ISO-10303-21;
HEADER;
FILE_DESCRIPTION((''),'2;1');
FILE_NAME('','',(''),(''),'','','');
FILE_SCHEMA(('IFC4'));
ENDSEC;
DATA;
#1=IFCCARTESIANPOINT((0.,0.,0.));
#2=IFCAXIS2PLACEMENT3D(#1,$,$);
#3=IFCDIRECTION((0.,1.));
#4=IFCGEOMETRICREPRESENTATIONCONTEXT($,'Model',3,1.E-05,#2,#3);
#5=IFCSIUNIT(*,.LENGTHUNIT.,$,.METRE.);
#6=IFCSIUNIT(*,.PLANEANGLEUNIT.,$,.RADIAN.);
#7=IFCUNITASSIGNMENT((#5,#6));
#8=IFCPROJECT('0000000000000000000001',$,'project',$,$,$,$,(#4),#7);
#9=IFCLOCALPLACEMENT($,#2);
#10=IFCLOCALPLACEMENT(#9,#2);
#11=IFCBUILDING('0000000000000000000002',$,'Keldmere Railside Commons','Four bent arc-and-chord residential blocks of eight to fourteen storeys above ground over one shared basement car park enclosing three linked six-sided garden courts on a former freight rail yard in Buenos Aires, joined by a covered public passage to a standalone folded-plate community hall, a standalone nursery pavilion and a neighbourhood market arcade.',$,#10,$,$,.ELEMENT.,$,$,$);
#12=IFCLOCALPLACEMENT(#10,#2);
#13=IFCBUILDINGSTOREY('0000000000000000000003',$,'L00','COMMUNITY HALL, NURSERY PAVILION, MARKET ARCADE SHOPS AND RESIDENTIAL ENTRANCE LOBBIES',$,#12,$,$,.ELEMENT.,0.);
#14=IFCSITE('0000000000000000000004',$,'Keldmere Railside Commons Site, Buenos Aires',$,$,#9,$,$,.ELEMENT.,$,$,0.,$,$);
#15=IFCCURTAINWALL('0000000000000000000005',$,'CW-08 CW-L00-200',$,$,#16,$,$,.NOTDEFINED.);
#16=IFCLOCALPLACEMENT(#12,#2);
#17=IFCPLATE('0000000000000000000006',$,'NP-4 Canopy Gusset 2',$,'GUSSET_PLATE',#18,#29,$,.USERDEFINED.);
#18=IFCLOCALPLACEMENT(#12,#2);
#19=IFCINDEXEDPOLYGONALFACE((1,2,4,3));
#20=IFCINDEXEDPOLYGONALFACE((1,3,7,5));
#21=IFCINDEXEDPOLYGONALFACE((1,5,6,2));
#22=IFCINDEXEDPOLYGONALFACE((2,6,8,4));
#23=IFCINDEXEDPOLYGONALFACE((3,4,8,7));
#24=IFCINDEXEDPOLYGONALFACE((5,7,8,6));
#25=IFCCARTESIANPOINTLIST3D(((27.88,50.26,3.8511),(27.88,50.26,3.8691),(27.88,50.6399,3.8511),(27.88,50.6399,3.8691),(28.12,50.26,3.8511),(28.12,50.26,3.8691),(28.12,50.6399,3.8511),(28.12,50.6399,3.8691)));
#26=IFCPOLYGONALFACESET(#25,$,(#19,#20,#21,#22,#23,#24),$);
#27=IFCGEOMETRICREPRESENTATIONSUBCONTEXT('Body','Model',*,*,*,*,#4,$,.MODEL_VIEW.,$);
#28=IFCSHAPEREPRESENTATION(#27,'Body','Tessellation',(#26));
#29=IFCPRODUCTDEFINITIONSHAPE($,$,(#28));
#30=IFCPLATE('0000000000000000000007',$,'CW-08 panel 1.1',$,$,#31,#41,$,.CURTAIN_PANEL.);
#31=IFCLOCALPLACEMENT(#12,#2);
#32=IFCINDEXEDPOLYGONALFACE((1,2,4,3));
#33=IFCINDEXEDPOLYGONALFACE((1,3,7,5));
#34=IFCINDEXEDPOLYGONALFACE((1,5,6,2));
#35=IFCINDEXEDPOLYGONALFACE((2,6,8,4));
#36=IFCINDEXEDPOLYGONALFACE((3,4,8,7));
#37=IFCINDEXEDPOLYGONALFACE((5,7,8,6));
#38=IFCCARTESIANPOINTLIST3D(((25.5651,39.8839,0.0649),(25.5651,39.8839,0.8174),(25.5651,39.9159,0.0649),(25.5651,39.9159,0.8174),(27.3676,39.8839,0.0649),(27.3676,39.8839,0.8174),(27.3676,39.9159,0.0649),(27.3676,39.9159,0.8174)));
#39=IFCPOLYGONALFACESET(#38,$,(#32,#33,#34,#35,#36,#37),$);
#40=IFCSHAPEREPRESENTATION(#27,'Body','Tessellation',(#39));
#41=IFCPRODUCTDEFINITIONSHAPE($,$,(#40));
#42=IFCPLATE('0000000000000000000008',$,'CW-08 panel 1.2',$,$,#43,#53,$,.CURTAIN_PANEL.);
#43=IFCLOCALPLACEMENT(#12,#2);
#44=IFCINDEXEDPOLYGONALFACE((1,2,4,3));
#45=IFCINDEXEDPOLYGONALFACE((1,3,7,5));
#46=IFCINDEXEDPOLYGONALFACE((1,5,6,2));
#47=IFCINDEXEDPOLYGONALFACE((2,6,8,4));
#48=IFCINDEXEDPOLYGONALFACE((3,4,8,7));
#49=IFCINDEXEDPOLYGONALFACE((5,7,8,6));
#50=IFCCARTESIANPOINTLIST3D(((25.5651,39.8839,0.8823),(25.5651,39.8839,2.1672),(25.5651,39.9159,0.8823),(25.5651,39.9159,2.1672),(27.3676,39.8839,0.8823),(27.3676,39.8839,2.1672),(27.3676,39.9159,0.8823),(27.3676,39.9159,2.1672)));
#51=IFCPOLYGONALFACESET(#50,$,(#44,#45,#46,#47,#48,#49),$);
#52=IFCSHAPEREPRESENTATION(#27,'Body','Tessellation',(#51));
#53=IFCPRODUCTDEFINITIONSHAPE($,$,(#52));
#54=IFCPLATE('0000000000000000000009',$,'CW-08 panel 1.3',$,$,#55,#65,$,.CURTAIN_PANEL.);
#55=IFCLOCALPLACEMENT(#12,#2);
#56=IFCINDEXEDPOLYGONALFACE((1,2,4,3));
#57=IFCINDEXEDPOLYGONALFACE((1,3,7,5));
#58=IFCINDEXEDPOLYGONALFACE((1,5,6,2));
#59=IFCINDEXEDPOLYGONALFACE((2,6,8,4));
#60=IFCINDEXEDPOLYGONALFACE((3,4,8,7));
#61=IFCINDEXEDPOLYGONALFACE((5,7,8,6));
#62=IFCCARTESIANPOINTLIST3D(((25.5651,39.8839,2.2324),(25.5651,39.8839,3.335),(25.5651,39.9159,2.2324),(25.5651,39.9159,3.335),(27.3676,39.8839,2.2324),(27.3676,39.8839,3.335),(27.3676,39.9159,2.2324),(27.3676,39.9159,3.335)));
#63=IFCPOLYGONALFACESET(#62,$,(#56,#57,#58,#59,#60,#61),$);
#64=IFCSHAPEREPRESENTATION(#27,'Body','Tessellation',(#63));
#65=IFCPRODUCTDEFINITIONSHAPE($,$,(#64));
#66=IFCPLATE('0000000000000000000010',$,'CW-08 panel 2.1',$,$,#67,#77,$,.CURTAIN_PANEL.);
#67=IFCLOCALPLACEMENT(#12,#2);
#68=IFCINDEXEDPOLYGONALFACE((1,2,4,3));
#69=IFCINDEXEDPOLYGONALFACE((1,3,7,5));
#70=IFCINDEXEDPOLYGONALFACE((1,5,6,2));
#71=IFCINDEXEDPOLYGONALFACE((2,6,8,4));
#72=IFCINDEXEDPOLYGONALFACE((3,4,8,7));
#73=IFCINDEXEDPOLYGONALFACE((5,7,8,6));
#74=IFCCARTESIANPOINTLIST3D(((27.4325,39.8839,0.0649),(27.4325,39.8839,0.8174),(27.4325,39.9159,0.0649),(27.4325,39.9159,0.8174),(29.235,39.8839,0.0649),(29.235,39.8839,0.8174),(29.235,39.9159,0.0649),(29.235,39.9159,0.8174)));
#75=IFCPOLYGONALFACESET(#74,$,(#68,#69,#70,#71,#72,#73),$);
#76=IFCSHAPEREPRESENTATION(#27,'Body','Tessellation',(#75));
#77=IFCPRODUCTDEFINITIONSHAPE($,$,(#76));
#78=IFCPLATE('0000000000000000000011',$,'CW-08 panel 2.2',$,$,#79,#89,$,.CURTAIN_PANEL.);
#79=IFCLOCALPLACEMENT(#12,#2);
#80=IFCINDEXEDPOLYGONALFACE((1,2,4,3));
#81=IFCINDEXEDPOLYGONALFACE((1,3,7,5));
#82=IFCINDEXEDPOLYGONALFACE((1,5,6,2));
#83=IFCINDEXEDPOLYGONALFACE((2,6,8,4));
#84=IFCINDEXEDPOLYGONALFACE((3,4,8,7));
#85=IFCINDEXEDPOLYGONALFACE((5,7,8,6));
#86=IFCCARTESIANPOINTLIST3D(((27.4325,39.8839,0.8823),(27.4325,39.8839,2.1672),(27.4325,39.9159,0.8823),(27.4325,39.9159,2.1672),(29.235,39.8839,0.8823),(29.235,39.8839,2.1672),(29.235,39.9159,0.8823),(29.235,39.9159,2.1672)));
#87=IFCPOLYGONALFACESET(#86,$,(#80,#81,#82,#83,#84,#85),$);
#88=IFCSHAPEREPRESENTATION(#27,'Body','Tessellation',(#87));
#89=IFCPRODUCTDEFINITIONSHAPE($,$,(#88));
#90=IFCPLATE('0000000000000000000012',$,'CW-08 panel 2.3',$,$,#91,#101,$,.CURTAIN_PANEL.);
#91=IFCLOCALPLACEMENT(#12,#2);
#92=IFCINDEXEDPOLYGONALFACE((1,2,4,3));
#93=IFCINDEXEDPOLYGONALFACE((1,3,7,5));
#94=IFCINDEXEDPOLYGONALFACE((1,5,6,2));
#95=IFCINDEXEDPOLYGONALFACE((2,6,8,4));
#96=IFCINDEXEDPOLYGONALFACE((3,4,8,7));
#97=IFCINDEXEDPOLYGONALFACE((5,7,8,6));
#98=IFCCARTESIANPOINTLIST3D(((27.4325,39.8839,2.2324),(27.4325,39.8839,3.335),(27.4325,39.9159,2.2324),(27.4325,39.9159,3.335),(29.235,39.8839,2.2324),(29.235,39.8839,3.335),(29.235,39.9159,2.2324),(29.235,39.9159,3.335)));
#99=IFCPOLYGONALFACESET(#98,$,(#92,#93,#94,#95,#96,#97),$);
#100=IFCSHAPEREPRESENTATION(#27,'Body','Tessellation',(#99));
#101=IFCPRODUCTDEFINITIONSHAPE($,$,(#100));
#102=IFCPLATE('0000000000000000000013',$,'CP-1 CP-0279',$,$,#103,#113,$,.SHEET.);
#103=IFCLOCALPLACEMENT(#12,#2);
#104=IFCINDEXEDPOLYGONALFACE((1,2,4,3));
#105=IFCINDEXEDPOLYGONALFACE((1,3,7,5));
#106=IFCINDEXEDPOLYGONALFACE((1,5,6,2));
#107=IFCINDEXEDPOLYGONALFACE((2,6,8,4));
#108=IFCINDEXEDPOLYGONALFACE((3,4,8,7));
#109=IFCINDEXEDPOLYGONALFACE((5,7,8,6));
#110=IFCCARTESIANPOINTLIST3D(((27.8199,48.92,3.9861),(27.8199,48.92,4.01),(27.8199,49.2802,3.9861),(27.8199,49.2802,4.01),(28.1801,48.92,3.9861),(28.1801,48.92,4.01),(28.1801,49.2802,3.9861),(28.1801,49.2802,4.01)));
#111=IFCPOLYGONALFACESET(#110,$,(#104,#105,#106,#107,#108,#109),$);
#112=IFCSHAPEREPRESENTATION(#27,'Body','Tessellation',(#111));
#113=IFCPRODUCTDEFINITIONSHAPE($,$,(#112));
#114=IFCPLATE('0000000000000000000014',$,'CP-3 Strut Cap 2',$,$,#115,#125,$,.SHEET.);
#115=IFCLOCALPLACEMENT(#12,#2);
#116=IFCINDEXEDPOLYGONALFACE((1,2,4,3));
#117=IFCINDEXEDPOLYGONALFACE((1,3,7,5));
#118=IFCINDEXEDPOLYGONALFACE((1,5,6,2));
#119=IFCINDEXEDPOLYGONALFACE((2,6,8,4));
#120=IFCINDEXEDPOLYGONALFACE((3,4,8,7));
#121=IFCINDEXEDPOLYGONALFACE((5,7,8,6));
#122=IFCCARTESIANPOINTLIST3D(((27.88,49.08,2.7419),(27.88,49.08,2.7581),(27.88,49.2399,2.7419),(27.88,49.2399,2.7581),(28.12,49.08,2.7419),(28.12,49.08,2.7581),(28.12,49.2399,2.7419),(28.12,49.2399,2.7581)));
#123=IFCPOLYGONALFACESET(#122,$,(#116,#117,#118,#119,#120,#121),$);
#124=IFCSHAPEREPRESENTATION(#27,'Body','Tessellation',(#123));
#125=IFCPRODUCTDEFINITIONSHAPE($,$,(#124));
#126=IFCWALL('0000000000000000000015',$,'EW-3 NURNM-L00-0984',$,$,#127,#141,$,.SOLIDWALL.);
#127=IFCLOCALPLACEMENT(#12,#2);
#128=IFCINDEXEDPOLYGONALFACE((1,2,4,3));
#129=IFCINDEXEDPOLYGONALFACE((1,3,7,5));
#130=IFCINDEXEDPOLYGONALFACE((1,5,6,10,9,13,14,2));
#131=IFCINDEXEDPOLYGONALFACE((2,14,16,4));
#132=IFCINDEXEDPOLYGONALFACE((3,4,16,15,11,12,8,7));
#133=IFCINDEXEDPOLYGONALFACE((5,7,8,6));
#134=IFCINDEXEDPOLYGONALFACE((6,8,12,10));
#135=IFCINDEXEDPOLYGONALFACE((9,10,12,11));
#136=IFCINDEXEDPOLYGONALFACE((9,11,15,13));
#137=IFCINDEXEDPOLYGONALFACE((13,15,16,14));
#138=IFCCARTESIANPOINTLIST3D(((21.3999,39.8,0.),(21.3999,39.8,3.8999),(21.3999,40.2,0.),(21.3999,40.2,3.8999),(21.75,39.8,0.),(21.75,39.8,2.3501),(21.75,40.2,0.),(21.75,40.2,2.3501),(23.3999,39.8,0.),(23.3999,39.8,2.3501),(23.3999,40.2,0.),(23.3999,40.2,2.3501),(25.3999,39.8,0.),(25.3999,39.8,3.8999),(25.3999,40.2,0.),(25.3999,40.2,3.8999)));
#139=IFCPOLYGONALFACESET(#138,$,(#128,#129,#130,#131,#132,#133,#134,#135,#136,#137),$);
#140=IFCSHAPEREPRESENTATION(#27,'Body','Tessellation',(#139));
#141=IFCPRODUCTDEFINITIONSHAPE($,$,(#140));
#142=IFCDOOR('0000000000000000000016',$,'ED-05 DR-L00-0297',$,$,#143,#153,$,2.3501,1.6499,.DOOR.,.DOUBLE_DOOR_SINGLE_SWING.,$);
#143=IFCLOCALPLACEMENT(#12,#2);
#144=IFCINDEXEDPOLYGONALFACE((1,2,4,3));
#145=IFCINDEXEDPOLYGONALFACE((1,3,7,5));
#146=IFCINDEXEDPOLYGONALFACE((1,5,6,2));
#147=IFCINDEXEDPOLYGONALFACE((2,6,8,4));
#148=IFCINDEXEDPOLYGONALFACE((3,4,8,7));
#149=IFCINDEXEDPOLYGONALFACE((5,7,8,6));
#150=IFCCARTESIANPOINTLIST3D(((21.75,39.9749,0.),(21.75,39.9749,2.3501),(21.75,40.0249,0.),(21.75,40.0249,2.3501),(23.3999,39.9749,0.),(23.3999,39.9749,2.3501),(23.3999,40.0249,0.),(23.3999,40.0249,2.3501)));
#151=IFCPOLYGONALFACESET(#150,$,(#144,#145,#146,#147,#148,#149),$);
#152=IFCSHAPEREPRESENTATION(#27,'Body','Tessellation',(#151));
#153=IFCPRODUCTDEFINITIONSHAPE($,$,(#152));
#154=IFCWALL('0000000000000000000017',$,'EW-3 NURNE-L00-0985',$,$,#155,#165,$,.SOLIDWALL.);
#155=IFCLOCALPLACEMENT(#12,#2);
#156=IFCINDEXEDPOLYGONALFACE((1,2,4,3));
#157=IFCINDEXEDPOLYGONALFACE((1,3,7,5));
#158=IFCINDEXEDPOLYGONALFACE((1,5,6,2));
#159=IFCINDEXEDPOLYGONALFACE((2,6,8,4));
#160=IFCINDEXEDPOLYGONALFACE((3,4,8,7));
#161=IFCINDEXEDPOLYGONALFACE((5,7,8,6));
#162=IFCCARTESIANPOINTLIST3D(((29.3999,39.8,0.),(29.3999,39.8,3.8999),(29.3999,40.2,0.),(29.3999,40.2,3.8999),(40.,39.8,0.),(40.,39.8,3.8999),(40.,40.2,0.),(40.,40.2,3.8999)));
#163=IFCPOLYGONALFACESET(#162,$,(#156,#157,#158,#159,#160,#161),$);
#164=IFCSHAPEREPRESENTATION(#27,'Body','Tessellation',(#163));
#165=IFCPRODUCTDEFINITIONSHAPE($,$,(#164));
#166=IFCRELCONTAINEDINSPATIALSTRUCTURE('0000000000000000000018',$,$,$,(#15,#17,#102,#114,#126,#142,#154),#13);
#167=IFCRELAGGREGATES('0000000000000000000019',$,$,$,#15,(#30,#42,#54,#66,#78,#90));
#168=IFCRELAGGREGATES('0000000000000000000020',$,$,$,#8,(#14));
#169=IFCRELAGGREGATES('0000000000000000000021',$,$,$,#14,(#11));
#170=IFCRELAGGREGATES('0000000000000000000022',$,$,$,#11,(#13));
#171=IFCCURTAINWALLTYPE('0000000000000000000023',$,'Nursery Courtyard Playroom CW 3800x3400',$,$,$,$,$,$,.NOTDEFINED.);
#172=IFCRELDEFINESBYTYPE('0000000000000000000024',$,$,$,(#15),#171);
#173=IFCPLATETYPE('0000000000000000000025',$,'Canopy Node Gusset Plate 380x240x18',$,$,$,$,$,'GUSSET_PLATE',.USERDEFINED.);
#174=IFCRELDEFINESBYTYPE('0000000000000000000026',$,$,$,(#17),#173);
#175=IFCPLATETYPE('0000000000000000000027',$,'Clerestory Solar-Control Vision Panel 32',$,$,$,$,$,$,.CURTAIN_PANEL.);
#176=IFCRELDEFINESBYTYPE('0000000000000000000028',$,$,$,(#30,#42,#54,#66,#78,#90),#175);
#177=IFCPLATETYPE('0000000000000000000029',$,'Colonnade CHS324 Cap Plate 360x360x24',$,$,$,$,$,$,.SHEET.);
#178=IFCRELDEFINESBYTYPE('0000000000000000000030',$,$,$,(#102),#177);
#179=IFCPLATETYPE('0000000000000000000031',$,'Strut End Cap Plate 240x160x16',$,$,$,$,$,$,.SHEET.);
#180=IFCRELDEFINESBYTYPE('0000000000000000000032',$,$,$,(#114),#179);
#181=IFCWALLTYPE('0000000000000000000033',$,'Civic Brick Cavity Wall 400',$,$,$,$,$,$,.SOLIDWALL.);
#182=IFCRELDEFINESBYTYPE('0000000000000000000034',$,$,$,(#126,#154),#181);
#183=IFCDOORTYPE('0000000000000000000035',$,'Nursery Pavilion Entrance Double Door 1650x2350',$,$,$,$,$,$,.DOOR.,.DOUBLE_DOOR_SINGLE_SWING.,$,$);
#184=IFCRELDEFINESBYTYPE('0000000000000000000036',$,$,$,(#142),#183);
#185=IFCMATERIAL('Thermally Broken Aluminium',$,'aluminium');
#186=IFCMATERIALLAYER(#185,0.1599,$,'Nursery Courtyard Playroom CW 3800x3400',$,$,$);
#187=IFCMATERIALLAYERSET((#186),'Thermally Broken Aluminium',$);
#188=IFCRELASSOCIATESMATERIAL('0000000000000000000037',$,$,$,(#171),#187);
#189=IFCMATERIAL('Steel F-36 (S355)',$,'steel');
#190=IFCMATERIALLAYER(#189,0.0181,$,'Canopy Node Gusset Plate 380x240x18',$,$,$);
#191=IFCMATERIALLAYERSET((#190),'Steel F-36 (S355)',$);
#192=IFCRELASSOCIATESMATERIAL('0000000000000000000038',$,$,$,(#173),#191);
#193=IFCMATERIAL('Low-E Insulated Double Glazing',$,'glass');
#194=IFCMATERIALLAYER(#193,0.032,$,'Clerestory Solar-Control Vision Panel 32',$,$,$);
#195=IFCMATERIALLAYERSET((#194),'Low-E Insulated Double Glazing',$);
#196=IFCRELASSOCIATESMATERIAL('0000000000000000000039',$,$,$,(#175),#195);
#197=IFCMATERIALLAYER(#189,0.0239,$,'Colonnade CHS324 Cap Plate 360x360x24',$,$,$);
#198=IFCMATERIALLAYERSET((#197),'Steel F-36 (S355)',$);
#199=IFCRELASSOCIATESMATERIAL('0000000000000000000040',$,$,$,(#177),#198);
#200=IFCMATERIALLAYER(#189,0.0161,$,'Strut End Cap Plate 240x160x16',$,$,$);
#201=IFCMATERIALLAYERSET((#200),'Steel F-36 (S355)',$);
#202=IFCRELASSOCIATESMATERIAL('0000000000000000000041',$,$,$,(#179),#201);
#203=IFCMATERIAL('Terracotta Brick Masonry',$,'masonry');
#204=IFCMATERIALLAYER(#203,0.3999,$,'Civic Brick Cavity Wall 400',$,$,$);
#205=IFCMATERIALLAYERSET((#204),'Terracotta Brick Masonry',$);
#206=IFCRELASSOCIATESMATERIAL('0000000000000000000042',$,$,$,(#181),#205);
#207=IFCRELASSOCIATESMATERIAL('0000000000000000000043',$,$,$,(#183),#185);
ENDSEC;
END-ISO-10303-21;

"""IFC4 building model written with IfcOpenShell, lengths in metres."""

from ifc_helpers import new_model, si_unit, direction, frame, frame_2d, origin, origin_2d, place, context, subcontext, project, spatial, rectangle, extrude, material, layer, layer_set, type_object, element, fill, aggregate, save


model = new_model("IFC4")

# Units and contexts
model_context = context("Model", 3, precision=1e-05, world=origin(), true_north=direction((0.0, 1.0)))
body_context = subcontext(model_context, "Body", "Model", "MODEL_VIEW")
ifc_project = project(units=[si_unit("LENGTHUNIT", "METRE"), si_unit("PLANEANGLEUNIT", "RADIAN")], contexts=[model_context])

# Site, building, storey
site_placement = place(None, origin())
site = spatial("IfcSite", under=ifc_project, at=site_placement, Name="Keldmere Railside Commons Site, Buenos Aires", CompositionType="ELEMENT", RefElevation=0.0)
building_placement = place(site_placement, origin())
building = spatial("IfcBuilding", under=site, at=building_placement, Name="Keldmere Railside Commons", Description="Four bent arc-and-chord residential blocks of eight to fourteen storeys above ground over one shared basement car park enclosing three linked six-sided garden courts on a former freight rail yard in Buenos Aires, joined by a covered public passage to a standalone folded-plate community hall, a standalone nursery pavilion and a neighbourhood market arcade.", CompositionType="ELEMENT")
storey_placement = place(building_placement, origin())
storey = spatial("IfcBuildingStorey", under=building, at=storey_placement, Name="L00", Description="COMMUNITY HALL, NURSERY PAVILION, MARKET ARCADE SHOPS AND RESIDENTIAL ENTRANCE LOBBIES", CompositionType="ELEMENT", Elevation=0.0)

# Shared definitions
ifc_material_1 = material(Name="Steel F-36 (S355)", Category="steel")

# Shared definitions
ifc_material_2 = material(Name="Thermally Broken Aluminium", Category="aluminium")
ifc_layer_1 = layer(ifc_material_2, 0.1599, Name="Nursery Courtyard Playroom CW 3800x3400")
ifc_layer_set_1 = layer_set([ifc_layer_1], Name="Thermally Broken Aluminium")
curtain_wall_type = type_object("IfcCurtainWallType", Name="Nursery Courtyard Playroom CW 3800x3400", PredefinedType="NOTDEFINED", material=ifc_layer_set_1)

# Curtain wall
curtain_wall_1_placement = place(storey_placement, origin())
curtain_wall_1 = element("IfcCurtainWall", 1, at=curtain_wall_1_placement, inside=storey, type_object=curtain_wall_type, Name="CW-08 CW-L00-200", PredefinedType="NOTDEFINED")

# Plates
ifc_material_3 = material(Name="Low-E Insulated Double Glazing", Category="glass")
ifc_layer_2 = layer(ifc_material_1, 0.0181, Name="Canopy Node Gusset Plate 380x240x18")
ifc_layer_set_2 = layer_set([ifc_layer_2], Name="Steel F-36 (S355)")
plate_type_1 = type_object("IfcPlateType", Name="Canopy Node Gusset Plate 380x240x18", ElementType="GUSSET_PLATE", PredefinedType="USERDEFINED", material=ifc_layer_set_2)
plate_1_placement = place(storey_placement, frame((28.0, 50.45, 3.8511), z_axis=(0.0, 0.0, 1.0), x_axis=(0.0, 1.0, 0.0)))
element("IfcPlate", 2, at=plate_1_placement, inside=storey, type_object=plate_type_1, Name="NP-4 Canopy Gusset 2", ObjectType="GUSSET_PLATE", PredefinedType="USERDEFINED", context=body_context, shape_type="SweptSolid", body=[
    extrude(rectangle(XDim=0.3799, YDim=0.24, at=origin_2d()), origin(), (0.0, 0.0, 1.0), 0.0181),
])
ifc_layer_3 = layer(ifc_material_3, 0.032, Name="Clerestory Solar-Control Vision Panel 32")
ifc_layer_set_3 = layer_set([ifc_layer_3], Name="Low-E Insulated Double Glazing")
plate_type_2 = type_object("IfcPlateType", Name="Clerestory Solar-Control Vision Panel 32", PredefinedType="CURTAIN_PANEL", material=ifc_layer_set_3)
plate_2_placement = place(storey_placement, frame((26.4663, 39.8999, 0.0649), z_axis=(0.0, 0.0, 1.0), x_axis=(1.0, 0.0, 0.0)))
plate_2 = element("IfcPlate", 3, at=plate_2_placement, type_object=plate_type_2, Name="CW-08 panel 1.1", PredefinedType="CURTAIN_PANEL", context=body_context, shape_type="SweptSolid", body=[
    extrude(rectangle(XDim=1.8025, YDim=0.032, at=origin_2d()), origin(), (0.0, 0.0, 1.0), 0.7524),
])
plate_3_placement = place(storey_placement, frame((26.4663, 39.8999, 0.8823), z_axis=(0.0, 0.0, 1.0), x_axis=(1.0, 0.0, 0.0)))
plate_3 = element("IfcPlate", 4, at=plate_3_placement, type_object=plate_type_2, Name="CW-08 panel 1.2", PredefinedType="CURTAIN_PANEL", context=body_context, shape_type="SweptSolid", body=[
    extrude(rectangle(XDim=1.8025, YDim=0.032, at=origin_2d()), origin(), (0.0, 0.0, 1.0), 1.2849),
])
plate_4_placement = place(storey_placement, frame((26.4663, 39.8999, 2.2324), z_axis=(0.0, 0.0, 1.0), x_axis=(1.0, 0.0, 0.0)))
plate_4 = element("IfcPlate", 5, at=plate_4_placement, type_object=plate_type_2, Name="CW-08 panel 1.3", PredefinedType="CURTAIN_PANEL", context=body_context, shape_type="SweptSolid", body=[
    extrude(rectangle(XDim=1.8025, YDim=0.032, at=origin_2d()), origin(), (0.0, 0.0, 1.0), 1.1025),
])
plate_5_placement = place(storey_placement, frame((28.3337, 39.8999, 0.0649), z_axis=(0.0, 0.0, 1.0), x_axis=(1.0, 0.0, 0.0)))
plate_5 = element("IfcPlate", 6, at=plate_5_placement, type_object=plate_type_2, Name="CW-08 panel 2.1", PredefinedType="CURTAIN_PANEL", context=body_context, shape_type="SweptSolid", body=[
    extrude(rectangle(XDim=1.8025, YDim=0.032, at=origin_2d()), origin(), (0.0, 0.0, 1.0), 0.7524),
])
plate_6_placement = place(storey_placement, frame((28.3337, 39.8999, 0.8823), z_axis=(0.0, 0.0, 1.0), x_axis=(1.0, 0.0, 0.0)))
plate_6 = element("IfcPlate", 7, at=plate_6_placement, type_object=plate_type_2, Name="CW-08 panel 2.2", PredefinedType="CURTAIN_PANEL", context=body_context, shape_type="SweptSolid", body=[
    extrude(rectangle(XDim=1.8025, YDim=0.032, at=origin_2d()), origin(), (0.0, 0.0, 1.0), 1.2849),
])
plate_7_placement = place(storey_placement, frame((28.3337, 39.8999, 2.2324), z_axis=(0.0, 0.0, 1.0), x_axis=(1.0, 0.0, 0.0)))
plate_7 = element("IfcPlate", 8, at=plate_7_placement, type_object=plate_type_2, Name="CW-08 panel 2.3", PredefinedType="CURTAIN_PANEL", context=body_context, shape_type="SweptSolid", body=[
    extrude(rectangle(XDim=1.8025, YDim=0.032, at=origin_2d()), origin(), (0.0, 0.0, 1.0), 1.1025),
])
aggregate(curtain_wall_1, [plate_2, plate_3, plate_4, plate_5, plate_6, plate_7])

# Plates
ifc_layer_4 = layer(ifc_material_1, 0.0239, Name="Colonnade CHS324 Cap Plate 360x360x24")
ifc_layer_set_4 = layer_set([ifc_layer_4], Name="Steel F-36 (S355)")
plate_type_3 = type_object("IfcPlateType", Name="Colonnade CHS324 Cap Plate 360x360x24", PredefinedType="SHEET", material=ifc_layer_set_4)
plate_8_placement = place(storey_placement, frame((28.0, 49.1001, 3.9861), z_axis=(0.0, 0.0, 1.0), x_axis=(1.0, 0.0, 0.0)))
element("IfcPlate", 9, at=plate_8_placement, inside=storey, type_object=plate_type_3, Name="CP-1 CP-0279", PredefinedType="SHEET", context=body_context, shape_type="SweptSolid", body=[
    extrude(rectangle(XDim=0.3601, YDim=0.3601, at=origin_2d()), origin(), (0.0, 0.0, 1.0), 0.0239),
])
ifc_layer_5 = layer(ifc_material_1, 0.0161, Name="Strut End Cap Plate 240x160x16")
ifc_layer_set_5 = layer_set([ifc_layer_5], Name="Steel F-36 (S355)")
plate_type_4 = type_object("IfcPlateType", Name="Strut End Cap Plate 240x160x16", PredefinedType="SHEET", material=ifc_layer_set_5)
plate_9_placement = place(storey_placement, frame((28.0, 49.1599, 2.7419), z_axis=(0.0, 0.0, 1.0), x_axis=(1.0, 0.0, 0.0)))
element("IfcPlate", 10, at=plate_9_placement, inside=storey, type_object=plate_type_4, Name="CP-3 Strut Cap 2", PredefinedType="SHEET", context=body_context, shape_type="SweptSolid", body=[
    extrude(rectangle(XDim=0.24, YDim=0.1599, at=origin_2d()), origin(), (0.0, 0.0, 1.0), 0.0161),
])

# Wall, opening, door
ifc_material_4 = material(Name="Terracotta Brick Masonry", Category="masonry")
ifc_layer_6 = layer(ifc_material_4, 0.3999, Name="Civic Brick Cavity Wall 400")
ifc_layer_set_6 = layer_set([ifc_layer_6], Name="Terracotta Brick Masonry")
wall_type = type_object("IfcWallType", Name="Civic Brick Cavity Wall 400", PredefinedType="SOLIDWALL", material=ifc_layer_set_6)
wall_1_placement = place(storey_placement, frame((21.3999, 40.0, 0.0), z_axis=(0.0, 0.0, 1.0), x_axis=(1.0, 0.0, 0.0)))
wall_1 = element("IfcWall", 11, at=wall_1_placement, inside=storey, type_object=wall_type, Name="EW-3 NURNM-L00-0984", PredefinedType="SOLIDWALL", context=body_context, shape_type="SweptSolid", body=[
    extrude(rectangle(XDim=4.0, YDim=0.3999, at=frame_2d((2.0, 0.0))), origin(), (0.0, 0.0, 1.0), 3.8999),
])
opening_placement = place(wall_1_placement, frame((0.3501, 0.0, 0.0)))
opening = element("IfcOpeningElement", 12, at=opening_placement, cuts=wall_1, PredefinedType="OPENING", context=body_context, shape_type="SweptSolid", body=[
    extrude(rectangle(XDim=1.6499, YDim=2.3501, at=frame_2d((0.825, 1.175))), frame((0.0, 0.21, 0.0), z_axis=(0.0, -1.0, 0.0), x_axis=(1.0, 0.0, 0.0)), (0.0, 0.0, 1.0), 0.4199),
])
door_type = type_object("IfcDoorType", Name="Nursery Pavilion Entrance Double Door 1650x2350", OperationType="DOUBLE_DOOR_SINGLE_SWING", PredefinedType="DOOR", material=ifc_material_2)
door_placement = place(opening_placement, origin())
door = element("IfcDoor", 13, at=door_placement, inside=storey, type_object=door_type, Name="ED-05 DR-L00-0297", OperationType="DOUBLE_DOOR_SINGLE_SWING", OverallHeight=2.3501, OverallWidth=1.6499, PredefinedType="DOOR", context=body_context, shape_type="SweptSolid", body=[
    extrude(rectangle(XDim=1.6499, YDim=2.3501, at=frame_2d((0.825, 1.175))), frame((0.0, 0.0249, 0.0), z_axis=(0.0, -1.0, 0.0), x_axis=(1.0, 0.0, 0.0)), (0.0, 0.0, 1.0), 0.05),
])
fill(opening, door)

# Wall
wall_2_placement = place(storey_placement, frame((29.3999, 40.0, 0.0), z_axis=(0.0, 0.0, 1.0), x_axis=(1.0, 0.0, 0.0)))
element("IfcWall", 14, at=wall_2_placement, inside=storey, type_object=wall_type, Name="EW-3 NURNE-L00-0985", PredefinedType="SOLIDWALL", context=body_context, shape_type="SweptSolid", body=[
    extrude(rectangle(XDim=10.6001, YDim=0.3999, at=frame_2d((5.3, 0.0))), origin(), (0.0, 0.0, 1.0), 3.8999),
])

save(model, "model.ifc")
